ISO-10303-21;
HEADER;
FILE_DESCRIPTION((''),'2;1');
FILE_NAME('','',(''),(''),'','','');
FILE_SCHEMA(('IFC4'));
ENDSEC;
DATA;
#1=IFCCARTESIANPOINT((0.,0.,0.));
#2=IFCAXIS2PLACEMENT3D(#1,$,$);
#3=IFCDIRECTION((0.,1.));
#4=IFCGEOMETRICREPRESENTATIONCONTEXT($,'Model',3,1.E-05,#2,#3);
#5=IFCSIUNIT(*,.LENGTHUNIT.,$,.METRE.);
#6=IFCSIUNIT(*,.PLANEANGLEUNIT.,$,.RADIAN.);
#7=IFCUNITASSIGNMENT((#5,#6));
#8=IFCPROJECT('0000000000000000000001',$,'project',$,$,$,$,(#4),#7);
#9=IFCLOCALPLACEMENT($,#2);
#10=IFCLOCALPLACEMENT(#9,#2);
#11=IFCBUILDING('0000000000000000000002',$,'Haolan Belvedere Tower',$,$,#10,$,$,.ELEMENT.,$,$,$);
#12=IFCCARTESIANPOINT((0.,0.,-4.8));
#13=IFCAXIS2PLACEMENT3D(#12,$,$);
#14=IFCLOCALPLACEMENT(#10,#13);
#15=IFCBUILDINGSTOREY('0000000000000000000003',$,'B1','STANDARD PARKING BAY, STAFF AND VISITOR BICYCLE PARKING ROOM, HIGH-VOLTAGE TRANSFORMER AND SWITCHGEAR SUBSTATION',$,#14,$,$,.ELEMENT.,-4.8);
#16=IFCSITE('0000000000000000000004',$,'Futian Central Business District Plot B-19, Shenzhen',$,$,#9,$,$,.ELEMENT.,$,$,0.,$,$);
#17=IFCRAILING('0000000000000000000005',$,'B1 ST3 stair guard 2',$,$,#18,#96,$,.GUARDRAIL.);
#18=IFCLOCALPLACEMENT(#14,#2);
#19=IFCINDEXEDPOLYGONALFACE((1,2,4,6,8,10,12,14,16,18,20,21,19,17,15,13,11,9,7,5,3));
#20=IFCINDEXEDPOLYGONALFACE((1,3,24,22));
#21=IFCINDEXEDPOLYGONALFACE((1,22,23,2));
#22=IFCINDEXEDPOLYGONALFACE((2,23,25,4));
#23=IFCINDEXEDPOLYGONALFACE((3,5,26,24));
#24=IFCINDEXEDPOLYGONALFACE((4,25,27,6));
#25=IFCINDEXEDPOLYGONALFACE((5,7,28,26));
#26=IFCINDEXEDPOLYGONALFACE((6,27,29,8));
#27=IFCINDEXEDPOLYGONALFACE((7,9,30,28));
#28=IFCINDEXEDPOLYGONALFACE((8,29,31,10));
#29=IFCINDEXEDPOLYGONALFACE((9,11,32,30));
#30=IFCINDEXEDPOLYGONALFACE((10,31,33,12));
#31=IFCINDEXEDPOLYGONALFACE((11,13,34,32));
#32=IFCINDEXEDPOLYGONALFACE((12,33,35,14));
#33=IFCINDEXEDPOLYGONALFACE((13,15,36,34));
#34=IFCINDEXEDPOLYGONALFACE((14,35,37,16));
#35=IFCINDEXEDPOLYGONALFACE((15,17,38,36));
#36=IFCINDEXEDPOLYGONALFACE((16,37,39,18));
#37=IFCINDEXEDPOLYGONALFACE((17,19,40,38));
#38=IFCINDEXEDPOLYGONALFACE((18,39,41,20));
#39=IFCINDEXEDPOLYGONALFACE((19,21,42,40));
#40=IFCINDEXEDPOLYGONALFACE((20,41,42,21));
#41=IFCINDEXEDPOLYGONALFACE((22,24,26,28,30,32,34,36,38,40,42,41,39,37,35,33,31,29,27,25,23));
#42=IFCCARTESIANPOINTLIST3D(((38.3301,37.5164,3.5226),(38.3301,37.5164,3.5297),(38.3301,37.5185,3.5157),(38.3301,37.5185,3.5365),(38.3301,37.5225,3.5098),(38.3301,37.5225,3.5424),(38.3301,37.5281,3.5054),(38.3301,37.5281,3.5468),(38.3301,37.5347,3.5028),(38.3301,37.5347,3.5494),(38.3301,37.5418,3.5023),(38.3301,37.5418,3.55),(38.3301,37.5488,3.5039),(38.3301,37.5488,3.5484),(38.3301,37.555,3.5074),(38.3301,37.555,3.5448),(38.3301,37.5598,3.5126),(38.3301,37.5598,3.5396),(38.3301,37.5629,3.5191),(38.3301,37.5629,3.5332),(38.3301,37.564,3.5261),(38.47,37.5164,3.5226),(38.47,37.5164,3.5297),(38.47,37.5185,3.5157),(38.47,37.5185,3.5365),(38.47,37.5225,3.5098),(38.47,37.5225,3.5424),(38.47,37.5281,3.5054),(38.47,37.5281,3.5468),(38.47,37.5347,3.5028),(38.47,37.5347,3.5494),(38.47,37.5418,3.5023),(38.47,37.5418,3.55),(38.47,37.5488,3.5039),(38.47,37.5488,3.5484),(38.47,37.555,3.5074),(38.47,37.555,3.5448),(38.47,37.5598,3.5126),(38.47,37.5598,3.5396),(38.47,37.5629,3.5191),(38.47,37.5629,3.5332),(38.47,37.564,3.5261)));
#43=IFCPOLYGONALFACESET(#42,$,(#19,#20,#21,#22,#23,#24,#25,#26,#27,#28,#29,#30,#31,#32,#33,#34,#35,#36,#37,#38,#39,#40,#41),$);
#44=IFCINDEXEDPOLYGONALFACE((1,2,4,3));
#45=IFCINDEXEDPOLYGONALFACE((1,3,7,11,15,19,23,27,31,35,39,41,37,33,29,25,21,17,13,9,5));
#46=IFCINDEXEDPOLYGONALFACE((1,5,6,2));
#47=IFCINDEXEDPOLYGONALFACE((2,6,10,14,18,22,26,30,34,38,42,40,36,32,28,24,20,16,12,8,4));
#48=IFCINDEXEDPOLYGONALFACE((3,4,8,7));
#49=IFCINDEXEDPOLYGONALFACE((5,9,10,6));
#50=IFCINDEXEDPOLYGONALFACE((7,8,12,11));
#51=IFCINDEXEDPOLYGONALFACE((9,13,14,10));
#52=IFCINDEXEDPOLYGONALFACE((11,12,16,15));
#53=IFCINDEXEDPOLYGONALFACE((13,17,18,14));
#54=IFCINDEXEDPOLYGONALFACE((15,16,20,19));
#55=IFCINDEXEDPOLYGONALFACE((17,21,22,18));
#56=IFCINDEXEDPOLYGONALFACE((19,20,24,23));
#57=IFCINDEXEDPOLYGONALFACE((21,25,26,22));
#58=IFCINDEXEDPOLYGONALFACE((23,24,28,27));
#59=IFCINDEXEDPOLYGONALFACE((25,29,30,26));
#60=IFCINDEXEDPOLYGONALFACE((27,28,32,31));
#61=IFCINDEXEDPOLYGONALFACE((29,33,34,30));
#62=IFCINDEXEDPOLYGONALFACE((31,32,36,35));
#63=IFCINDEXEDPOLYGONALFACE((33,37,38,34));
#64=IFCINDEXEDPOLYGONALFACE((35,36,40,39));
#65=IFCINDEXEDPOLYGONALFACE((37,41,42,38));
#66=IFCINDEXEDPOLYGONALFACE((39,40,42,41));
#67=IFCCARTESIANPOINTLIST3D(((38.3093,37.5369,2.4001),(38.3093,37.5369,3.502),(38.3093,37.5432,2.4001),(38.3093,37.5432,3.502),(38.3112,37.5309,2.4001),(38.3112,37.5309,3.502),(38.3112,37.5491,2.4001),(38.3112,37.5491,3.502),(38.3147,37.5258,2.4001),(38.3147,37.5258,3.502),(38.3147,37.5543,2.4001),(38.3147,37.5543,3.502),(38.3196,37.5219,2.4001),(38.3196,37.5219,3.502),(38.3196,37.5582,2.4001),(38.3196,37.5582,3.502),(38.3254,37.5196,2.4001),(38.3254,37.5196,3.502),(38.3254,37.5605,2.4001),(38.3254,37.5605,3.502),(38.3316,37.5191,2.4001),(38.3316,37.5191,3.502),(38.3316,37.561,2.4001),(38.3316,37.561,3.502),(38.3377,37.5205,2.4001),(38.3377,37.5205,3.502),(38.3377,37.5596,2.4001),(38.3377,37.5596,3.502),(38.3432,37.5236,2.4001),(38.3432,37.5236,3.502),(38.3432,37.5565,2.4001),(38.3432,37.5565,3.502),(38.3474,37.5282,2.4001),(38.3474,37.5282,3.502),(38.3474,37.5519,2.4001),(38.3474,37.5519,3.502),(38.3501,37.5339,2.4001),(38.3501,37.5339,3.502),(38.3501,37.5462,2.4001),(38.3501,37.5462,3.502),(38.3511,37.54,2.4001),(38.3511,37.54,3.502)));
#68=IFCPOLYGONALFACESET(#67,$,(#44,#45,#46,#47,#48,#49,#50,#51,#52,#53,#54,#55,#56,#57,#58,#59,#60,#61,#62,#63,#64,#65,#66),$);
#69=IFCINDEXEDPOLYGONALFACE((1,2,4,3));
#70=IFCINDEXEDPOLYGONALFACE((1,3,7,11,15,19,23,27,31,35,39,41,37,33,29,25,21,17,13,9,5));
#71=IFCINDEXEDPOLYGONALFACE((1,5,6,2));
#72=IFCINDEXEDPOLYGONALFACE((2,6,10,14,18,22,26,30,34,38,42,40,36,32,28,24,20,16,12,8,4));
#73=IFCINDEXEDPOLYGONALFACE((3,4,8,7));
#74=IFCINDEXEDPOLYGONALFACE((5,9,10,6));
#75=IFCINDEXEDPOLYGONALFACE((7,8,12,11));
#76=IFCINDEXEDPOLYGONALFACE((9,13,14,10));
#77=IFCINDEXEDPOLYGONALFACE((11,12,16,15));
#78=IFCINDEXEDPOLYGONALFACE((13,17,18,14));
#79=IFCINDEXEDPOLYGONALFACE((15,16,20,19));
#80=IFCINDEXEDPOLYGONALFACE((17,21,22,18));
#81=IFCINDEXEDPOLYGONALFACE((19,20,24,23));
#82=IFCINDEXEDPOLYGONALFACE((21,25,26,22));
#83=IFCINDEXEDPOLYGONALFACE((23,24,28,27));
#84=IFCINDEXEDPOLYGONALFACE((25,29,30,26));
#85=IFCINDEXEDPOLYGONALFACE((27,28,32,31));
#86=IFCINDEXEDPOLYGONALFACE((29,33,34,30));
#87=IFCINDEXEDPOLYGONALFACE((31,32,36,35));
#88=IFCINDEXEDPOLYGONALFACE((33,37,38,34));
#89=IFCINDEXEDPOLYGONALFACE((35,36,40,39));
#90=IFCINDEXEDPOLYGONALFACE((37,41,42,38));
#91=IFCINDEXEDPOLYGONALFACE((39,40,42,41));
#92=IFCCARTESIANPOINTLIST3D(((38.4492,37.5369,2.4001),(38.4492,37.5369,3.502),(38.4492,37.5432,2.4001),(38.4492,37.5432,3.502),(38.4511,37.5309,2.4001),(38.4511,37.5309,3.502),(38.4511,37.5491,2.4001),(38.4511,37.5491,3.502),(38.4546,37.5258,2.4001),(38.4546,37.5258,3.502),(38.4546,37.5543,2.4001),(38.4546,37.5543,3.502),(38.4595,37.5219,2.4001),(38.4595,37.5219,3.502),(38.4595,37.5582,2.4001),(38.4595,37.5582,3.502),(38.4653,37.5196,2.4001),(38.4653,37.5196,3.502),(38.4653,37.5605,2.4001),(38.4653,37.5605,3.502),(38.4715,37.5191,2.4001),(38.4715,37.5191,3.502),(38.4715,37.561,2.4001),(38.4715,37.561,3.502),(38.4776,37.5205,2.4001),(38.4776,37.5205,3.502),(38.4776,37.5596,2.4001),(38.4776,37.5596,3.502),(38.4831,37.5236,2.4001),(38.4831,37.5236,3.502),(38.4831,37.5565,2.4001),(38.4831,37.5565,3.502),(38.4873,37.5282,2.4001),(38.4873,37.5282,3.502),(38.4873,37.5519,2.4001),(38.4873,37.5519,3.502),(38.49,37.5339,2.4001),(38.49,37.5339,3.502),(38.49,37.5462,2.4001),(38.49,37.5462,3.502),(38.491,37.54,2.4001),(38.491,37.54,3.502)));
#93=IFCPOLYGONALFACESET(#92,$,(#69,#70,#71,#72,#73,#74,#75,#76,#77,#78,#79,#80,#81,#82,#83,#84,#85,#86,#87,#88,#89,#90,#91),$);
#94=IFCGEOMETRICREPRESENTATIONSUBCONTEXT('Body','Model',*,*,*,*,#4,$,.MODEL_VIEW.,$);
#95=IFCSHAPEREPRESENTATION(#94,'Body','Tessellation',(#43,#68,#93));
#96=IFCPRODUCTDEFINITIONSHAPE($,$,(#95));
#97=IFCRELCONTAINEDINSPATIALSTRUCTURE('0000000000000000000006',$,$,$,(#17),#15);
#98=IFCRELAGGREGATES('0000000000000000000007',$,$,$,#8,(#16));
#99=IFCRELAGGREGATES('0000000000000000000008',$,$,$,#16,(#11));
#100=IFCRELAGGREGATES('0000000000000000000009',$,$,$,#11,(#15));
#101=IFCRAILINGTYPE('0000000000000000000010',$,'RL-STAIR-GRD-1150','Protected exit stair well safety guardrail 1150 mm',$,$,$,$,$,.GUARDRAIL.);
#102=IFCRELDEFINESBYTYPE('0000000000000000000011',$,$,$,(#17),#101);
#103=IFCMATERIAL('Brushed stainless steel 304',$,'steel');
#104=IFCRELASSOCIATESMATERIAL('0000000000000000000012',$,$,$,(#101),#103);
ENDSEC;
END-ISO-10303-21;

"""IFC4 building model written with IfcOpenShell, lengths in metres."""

from ifc_helpers import new_model, si_unit, direction, frame, origin, origin_2d, place, context, subcontext, project, spatial, circle, extrude, material, type_object, element, save


model = new_model("IFC4")

# Units and contexts
model_context = context("Model", 3, precision=1e-05, world=origin(), true_north=direction((0.0, 1.0)))
body_context = subcontext(model_context, "Body", "Model", "MODEL_VIEW")
ifc_project = project(units=[si_unit("LENGTHUNIT", "METRE"), si_unit("PLANEANGLEUNIT", "RADIAN")], contexts=[model_context])

# Site, building, storey
site_placement = place(None, origin())
site = spatial("IfcSite", under=ifc_project, at=site_placement, Name="Futian Central Business District Plot B-19, Shenzhen", CompositionType="ELEMENT", RefElevation=0.0)
building_placement = place(site_placement, origin())
building = spatial("IfcBuilding", under=site, at=building_placement, Name="Haolan Belvedere Tower", CompositionType="ELEMENT")
storey_placement = place(building_placement, frame((0.0, 0.0, -4.8)))
storey = spatial("IfcBuildingStorey", under=building, at=storey_placement, Name="B1", Description="STANDARD PARKING BAY, STAFF AND VISITOR BICYCLE PARKING ROOM, HIGH-VOLTAGE TRANSFORMER AND SWITCHGEAR SUBSTATION", CompositionType="ELEMENT", Elevation=-4.8)

# Railing
ifc_material_1 = material(Name="Brushed stainless steel 304", Category="steel")
railing_type_1 = type_object("IfcRailingType", Name="RL-STAIR-GRD-1150", Description="Protected exit stair well safety guardrail 1150 mm", PredefinedType="GUARDRAIL", material=ifc_material_1)
railing_1_placement = place(storey_placement, frame((38.3301, 37.54, 2.4001)))
element("IfcRailing", 1, at=railing_1_placement, inside=storey, type_object=railing_type_1, Name="B1 ST3 stair guard 2", PredefinedType="GUARDRAIL", context=body_context, shape_type="SweptSolid", body=[
    extrude(circle(Radius=0.0239, at=origin_2d()), frame((0.0, 0.0, 1.126), z_axis=(1.0, 0.0, 0.0), x_axis=(0.0, 1.0, 0.0)), (0.0, 0.0, 1.0), 0.1399),
    extrude(circle(Radius=0.021, at=origin_2d()), origin(), (0.0, 0.0, 1.0), 1.1018),
    extrude(circle(Radius=0.021, at=origin_2d()), frame((0.1399, 0.0, 0.0)), (0.0, 0.0, 1.0), 1.1018),
])

save(model, "model.ifc")
